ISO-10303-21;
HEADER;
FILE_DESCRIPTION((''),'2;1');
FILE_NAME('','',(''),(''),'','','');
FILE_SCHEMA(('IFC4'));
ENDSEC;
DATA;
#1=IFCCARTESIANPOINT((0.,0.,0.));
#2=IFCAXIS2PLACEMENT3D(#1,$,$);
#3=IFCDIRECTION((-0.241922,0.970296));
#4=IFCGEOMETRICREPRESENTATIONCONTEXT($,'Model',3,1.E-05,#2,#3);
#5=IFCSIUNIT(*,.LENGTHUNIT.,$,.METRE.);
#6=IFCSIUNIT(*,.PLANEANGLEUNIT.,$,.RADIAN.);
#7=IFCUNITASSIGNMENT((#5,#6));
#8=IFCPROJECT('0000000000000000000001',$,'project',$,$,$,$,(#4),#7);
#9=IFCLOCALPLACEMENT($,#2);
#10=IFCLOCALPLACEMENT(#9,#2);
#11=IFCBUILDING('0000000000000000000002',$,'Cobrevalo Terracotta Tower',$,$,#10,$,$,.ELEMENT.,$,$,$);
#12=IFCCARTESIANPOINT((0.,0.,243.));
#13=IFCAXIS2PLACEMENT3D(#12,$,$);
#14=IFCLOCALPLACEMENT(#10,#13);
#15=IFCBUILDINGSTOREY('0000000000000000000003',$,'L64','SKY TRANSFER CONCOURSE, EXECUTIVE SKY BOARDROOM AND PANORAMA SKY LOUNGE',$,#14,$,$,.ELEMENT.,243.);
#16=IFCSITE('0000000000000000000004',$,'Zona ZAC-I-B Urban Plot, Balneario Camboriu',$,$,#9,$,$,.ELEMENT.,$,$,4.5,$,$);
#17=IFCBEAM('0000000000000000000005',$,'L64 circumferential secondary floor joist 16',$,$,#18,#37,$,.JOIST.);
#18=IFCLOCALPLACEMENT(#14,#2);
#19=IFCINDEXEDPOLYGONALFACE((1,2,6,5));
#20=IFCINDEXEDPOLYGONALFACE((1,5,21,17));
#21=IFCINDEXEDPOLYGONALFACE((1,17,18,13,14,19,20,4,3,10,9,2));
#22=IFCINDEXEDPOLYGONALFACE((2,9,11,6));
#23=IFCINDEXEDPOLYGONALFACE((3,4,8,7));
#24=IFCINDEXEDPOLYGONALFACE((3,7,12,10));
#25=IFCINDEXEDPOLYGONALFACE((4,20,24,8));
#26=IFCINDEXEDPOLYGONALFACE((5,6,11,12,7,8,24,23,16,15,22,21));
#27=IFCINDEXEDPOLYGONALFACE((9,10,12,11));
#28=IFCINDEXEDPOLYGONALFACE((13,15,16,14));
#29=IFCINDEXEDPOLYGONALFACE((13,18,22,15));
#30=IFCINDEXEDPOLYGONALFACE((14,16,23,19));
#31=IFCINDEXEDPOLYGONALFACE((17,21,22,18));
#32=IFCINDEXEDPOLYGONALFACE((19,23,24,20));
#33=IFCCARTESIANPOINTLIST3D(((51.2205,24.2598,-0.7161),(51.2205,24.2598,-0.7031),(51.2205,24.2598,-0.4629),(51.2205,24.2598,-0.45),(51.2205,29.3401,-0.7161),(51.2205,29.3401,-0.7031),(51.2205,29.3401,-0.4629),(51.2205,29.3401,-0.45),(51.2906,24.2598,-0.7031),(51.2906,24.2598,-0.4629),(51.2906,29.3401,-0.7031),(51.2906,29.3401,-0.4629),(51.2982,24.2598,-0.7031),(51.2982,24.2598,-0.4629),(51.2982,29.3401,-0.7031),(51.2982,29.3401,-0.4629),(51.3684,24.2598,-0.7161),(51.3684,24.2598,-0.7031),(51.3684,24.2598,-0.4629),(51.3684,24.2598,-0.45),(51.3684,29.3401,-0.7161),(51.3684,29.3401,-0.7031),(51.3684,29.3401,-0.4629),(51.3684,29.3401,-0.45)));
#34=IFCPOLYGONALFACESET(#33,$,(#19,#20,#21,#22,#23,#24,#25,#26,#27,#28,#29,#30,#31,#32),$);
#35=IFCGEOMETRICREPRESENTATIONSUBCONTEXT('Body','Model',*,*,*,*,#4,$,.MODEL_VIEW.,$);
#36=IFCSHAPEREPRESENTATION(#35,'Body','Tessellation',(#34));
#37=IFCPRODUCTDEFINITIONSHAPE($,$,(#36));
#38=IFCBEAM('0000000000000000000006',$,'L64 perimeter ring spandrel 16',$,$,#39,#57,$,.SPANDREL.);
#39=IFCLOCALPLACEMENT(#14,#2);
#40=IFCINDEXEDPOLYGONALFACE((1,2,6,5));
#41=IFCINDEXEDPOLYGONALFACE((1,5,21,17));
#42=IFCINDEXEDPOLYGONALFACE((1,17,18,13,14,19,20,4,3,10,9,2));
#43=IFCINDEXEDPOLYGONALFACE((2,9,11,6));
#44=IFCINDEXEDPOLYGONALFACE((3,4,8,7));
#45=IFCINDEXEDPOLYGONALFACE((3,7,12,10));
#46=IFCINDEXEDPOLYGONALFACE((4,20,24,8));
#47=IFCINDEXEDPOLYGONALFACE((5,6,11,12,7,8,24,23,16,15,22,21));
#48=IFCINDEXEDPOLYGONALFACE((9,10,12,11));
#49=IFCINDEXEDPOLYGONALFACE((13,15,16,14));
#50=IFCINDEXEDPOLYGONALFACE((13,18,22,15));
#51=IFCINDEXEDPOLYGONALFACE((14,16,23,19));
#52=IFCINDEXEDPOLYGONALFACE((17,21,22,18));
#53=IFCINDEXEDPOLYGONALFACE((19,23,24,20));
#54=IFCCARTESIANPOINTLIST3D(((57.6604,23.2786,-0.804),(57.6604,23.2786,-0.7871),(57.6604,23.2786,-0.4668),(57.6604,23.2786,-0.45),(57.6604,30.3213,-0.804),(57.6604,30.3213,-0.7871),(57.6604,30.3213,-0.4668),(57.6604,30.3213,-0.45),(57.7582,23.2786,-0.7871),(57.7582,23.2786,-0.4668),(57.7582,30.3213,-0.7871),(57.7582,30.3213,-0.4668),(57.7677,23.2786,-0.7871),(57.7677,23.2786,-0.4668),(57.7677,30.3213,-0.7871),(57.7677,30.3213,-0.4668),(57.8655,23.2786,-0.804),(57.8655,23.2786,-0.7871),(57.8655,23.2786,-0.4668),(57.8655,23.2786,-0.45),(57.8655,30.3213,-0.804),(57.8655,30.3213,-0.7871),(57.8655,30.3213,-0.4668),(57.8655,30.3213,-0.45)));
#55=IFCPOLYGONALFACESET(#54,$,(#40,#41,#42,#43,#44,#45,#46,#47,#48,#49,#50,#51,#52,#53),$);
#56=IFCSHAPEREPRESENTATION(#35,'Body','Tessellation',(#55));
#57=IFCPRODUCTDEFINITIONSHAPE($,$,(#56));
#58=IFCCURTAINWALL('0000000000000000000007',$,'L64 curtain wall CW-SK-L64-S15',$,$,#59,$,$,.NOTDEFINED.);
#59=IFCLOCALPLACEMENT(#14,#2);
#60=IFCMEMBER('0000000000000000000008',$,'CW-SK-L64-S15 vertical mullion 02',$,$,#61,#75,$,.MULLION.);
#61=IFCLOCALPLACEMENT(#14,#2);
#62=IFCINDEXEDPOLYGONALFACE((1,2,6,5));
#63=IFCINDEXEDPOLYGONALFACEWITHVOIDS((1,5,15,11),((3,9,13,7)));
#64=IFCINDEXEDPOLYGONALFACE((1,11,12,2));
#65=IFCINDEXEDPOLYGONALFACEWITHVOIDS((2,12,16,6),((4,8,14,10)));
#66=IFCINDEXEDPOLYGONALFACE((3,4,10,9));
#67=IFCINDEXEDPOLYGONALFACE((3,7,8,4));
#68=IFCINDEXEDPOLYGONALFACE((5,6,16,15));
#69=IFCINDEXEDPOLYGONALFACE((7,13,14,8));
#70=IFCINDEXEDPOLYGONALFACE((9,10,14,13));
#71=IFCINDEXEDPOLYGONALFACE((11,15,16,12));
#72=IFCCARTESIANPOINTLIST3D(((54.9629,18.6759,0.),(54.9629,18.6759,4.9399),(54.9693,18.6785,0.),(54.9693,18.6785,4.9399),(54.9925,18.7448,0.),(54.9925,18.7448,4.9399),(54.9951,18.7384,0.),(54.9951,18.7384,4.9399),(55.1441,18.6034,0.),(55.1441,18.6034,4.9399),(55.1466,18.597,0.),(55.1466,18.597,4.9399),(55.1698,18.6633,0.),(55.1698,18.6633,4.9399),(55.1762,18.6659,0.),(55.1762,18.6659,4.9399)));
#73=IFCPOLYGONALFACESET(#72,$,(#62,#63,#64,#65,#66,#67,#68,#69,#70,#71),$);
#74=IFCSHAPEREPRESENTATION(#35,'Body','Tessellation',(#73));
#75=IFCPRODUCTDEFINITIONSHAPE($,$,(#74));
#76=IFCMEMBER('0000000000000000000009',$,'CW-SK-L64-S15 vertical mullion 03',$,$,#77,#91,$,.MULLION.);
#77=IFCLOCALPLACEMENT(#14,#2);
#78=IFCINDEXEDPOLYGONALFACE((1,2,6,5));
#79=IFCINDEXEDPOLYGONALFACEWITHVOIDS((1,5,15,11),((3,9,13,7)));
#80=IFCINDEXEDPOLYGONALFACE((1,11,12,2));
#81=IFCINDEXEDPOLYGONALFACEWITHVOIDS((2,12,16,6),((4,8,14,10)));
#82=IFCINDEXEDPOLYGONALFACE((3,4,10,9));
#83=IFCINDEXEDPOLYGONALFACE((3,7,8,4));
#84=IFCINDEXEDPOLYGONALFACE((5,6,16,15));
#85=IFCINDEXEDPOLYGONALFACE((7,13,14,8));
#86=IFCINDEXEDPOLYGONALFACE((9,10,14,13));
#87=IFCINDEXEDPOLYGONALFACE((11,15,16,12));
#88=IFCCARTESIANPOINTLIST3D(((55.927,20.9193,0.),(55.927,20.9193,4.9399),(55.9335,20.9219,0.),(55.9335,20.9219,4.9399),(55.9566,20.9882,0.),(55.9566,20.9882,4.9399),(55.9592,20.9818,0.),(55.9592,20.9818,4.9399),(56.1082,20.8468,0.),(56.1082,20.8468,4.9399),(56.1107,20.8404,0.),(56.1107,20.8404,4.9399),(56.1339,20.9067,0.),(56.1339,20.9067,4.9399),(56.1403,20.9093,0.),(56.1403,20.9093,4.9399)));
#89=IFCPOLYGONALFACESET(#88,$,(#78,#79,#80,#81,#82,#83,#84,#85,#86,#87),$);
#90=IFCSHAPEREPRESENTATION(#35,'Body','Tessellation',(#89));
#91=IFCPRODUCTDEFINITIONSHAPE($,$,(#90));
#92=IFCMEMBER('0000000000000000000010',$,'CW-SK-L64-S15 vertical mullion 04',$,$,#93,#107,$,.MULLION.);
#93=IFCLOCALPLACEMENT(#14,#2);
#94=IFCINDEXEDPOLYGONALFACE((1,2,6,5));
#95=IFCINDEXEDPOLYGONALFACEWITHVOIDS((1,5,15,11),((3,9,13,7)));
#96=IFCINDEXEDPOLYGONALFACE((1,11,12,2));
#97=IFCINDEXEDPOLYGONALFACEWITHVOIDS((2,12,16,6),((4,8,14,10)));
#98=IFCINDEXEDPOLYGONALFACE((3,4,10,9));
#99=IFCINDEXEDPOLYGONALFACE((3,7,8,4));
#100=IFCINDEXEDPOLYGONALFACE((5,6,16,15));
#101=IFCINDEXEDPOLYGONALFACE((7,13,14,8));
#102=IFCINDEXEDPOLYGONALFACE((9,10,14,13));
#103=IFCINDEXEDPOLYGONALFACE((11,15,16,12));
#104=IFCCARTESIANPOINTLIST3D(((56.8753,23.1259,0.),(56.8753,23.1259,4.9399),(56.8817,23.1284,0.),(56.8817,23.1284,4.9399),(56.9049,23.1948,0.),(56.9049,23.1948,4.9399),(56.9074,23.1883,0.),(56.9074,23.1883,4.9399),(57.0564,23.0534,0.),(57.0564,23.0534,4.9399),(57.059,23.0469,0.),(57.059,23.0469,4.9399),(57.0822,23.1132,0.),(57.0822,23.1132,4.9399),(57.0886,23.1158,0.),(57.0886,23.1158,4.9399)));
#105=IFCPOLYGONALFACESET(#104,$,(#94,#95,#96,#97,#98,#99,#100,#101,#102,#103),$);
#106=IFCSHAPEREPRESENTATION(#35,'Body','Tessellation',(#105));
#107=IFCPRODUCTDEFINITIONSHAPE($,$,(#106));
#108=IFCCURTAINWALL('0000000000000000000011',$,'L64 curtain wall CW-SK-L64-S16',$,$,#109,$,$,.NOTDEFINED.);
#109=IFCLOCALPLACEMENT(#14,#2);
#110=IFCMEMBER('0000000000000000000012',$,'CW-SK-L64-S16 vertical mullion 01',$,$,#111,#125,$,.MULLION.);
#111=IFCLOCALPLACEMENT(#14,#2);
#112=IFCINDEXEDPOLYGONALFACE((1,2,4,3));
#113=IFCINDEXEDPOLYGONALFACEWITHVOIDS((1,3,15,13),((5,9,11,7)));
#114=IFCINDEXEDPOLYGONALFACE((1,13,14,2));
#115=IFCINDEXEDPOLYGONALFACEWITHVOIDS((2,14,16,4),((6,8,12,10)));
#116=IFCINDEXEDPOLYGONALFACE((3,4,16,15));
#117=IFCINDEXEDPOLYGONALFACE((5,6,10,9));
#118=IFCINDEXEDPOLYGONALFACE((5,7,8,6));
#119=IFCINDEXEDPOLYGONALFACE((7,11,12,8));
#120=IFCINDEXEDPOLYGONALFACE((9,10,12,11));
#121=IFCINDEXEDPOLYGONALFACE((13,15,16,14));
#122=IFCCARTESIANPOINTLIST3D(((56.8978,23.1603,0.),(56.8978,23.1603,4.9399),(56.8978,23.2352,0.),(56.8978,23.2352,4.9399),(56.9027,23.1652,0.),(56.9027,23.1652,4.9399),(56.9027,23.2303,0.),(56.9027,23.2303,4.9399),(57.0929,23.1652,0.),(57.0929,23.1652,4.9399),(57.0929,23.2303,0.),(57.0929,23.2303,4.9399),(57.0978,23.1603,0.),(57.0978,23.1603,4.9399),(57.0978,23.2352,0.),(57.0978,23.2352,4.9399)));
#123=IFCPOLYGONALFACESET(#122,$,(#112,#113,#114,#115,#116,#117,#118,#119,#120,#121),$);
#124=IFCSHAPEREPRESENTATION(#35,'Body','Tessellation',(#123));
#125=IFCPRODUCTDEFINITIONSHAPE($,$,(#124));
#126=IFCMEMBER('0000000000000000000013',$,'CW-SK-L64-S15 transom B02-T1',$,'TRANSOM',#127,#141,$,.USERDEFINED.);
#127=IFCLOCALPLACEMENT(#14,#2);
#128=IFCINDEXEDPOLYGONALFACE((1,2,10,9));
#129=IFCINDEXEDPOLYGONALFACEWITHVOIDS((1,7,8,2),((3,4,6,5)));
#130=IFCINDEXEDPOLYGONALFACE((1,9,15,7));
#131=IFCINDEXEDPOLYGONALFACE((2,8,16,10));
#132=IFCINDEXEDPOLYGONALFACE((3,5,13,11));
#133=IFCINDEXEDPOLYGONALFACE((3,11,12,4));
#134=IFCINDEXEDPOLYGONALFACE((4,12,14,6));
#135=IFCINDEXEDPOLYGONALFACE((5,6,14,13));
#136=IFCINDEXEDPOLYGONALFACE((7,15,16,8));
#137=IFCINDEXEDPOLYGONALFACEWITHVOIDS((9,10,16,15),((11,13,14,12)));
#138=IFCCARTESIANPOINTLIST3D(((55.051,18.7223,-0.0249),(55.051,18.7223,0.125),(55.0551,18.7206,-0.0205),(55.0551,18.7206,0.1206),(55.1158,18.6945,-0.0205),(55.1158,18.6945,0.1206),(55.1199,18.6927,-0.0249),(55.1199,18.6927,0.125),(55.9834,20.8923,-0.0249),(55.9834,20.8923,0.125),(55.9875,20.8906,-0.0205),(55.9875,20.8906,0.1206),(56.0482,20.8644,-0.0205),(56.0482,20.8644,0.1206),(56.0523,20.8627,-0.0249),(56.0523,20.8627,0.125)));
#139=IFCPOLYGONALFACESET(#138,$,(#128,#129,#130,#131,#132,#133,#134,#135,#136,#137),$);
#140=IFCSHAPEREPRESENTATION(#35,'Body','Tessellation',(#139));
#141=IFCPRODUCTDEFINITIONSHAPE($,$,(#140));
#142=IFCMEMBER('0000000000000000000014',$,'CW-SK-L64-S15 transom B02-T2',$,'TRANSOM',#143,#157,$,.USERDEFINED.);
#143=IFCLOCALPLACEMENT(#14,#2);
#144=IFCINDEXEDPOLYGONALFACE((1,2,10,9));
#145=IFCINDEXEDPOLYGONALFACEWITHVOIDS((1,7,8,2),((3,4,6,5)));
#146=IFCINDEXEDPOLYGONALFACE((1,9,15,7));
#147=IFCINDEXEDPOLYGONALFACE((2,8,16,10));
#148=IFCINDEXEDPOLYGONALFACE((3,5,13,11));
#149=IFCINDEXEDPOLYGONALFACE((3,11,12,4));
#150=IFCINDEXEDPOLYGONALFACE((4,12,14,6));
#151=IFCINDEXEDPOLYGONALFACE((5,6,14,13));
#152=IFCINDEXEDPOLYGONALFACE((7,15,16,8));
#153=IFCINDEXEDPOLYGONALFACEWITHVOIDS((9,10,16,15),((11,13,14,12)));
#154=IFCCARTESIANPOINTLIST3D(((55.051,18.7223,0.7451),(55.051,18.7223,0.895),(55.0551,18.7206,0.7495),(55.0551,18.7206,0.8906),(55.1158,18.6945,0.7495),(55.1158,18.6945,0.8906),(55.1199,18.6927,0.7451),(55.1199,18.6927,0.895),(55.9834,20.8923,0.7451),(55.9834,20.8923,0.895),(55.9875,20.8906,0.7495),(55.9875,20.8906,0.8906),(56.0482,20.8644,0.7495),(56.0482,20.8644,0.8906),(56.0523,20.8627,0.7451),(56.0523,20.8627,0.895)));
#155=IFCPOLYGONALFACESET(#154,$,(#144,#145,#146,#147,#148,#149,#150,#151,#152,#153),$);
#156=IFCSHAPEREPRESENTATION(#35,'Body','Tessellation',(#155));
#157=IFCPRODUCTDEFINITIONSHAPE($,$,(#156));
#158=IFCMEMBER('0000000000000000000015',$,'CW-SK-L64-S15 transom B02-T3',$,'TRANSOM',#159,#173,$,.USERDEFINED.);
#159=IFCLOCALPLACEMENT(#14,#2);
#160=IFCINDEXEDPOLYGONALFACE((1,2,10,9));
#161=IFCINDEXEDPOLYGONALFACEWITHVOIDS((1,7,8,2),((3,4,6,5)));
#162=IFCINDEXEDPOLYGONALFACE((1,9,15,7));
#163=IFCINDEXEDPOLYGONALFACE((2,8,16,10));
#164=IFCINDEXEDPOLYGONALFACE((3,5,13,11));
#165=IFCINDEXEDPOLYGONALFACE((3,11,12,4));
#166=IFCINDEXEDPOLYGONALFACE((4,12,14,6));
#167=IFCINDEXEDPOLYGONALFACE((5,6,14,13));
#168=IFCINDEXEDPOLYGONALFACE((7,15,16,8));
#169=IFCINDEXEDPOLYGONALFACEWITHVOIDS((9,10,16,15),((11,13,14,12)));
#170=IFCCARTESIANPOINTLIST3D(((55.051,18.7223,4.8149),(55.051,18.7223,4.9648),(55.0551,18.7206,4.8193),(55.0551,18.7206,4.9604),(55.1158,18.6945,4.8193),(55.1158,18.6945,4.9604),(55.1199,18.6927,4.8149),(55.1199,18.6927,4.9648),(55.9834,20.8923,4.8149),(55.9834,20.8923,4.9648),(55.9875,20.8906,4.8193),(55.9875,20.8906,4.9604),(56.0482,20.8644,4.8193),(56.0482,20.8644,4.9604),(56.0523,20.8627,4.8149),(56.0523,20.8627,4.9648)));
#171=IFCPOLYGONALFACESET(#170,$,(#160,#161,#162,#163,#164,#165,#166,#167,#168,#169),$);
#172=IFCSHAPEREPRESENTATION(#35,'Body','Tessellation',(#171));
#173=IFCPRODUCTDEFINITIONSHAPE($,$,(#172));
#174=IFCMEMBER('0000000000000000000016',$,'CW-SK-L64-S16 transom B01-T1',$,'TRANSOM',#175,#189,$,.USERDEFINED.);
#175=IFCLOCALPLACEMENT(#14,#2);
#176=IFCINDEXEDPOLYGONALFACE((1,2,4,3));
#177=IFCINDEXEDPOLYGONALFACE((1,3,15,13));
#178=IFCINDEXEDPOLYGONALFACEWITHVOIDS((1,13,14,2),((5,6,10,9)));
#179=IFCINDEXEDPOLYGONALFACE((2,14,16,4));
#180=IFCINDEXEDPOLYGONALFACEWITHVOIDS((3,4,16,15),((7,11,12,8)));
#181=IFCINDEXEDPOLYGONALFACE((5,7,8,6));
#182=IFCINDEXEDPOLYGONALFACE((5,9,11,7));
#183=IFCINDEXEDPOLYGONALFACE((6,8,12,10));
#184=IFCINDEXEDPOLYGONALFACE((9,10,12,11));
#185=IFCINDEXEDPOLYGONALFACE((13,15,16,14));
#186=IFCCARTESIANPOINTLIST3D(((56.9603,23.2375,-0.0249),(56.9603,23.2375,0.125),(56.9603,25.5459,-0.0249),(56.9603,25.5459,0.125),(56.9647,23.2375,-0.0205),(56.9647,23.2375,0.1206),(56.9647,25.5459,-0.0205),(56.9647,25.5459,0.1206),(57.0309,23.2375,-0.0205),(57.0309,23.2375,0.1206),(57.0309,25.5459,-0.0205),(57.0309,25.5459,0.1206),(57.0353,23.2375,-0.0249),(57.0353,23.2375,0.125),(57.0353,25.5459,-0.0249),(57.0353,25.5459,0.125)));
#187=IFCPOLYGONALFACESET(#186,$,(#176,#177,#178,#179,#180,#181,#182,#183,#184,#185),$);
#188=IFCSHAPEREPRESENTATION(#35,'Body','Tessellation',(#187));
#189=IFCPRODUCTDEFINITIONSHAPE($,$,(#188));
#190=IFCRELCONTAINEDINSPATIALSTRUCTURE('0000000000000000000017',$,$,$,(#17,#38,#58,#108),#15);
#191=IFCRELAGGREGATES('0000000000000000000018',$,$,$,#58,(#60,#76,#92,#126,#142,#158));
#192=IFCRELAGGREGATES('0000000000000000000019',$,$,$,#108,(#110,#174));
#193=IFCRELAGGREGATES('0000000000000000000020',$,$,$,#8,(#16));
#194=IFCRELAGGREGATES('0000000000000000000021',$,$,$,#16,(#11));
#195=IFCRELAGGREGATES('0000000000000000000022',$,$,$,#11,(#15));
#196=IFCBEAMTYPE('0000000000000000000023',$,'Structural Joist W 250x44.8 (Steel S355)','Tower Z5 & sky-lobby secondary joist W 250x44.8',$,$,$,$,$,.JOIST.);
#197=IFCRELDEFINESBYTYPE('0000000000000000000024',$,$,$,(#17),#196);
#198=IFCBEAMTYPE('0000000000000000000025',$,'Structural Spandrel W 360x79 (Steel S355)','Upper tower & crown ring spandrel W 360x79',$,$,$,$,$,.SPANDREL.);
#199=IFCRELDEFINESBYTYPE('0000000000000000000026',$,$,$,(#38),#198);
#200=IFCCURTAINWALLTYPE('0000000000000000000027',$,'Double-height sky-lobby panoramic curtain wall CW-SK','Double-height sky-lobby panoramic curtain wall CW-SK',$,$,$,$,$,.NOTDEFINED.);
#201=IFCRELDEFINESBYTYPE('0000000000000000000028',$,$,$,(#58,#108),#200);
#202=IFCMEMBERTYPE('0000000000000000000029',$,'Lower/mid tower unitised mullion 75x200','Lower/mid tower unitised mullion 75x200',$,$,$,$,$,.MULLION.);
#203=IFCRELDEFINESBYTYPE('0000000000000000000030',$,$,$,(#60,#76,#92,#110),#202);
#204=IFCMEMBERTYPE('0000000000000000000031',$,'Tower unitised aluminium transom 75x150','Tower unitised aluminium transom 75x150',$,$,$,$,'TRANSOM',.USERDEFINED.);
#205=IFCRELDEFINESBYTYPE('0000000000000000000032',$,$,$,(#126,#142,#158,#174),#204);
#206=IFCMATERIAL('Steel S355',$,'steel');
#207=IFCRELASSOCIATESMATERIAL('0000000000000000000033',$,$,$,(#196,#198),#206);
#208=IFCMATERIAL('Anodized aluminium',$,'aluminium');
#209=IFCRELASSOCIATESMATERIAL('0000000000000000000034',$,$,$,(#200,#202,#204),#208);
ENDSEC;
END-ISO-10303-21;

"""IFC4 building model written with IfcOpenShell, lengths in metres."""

from ifc_helpers import new_model, si_unit, direction, frame, origin, origin_2d, place, context, subcontext, project, spatial, hollow_rectangle, i_section, extrude, source, transform, mapped, material, material_profile, profile_set, type_object, element, aggregate, save


model = new_model("IFC4")

# Units and contexts
model_context = context("Model", 3, precision=1e-05, world=origin(), true_north=direction((-0.241922, 0.970296)))
body_context = subcontext(model_context, "Body", "Model", "MODEL_VIEW")
ifc_project = project(units=[si_unit("LENGTHUNIT", "METRE"), si_unit("PLANEANGLEUNIT", "RADIAN")], contexts=[model_context])

# Site, building, storey
site_placement = place(None, origin())
site = spatial("IfcSite", under=ifc_project, at=site_placement, Name="Zona ZAC-I-B Urban Plot, Balneario Camboriu", CompositionType="ELEMENT", RefElevation=4.5)
building_placement = place(site_placement, origin())
building = spatial("IfcBuilding", under=site, at=building_placement, Name="Cobrevalo Terracotta Tower", CompositionType="ELEMENT")
storey_placement = place(building_placement, frame((0.0, 0.0, 243.0)))
storey = spatial("IfcBuildingStorey", under=building, at=storey_placement, Name="L64", Description="SKY TRANSFER CONCOURSE, EXECUTIVE SKY BOARDROOM AND PANORAMA SKY LOUNGE", CompositionType="ELEMENT", Elevation=243.0)

# Shared definitions
ifc_material_1 = material(Name="Steel S355", Category="steel")

# Beams
ifc_material_profile_1 = material_profile(ifc_material_1, i_section(OverallWidth=0.1479, OverallDepth=0.2661, WebThickness=0.0076, FlangeThickness=0.0129, at=origin_2d()), Name="W 250x44.8")
ifc_profile_set_1 = profile_set([ifc_material_profile_1], Name="Steel S355")
beam_type_1 = type_object("IfcBeamType", Name="Structural Joist W 250x44.8 (Steel S355)", Description="Tower Z5 & sky-lobby secondary joist W 250x44.8", PredefinedType="JOIST", material=ifc_profile_set_1)
beam_1_placement = place(storey_placement, frame((51.2944, 24.2598, -0.583), z_axis=(0.0, 1.0, 0.0), x_axis=(-1.0, 0.0, 0.0)))
element("IfcBeam", 1, at=beam_1_placement, inside=storey, type_object=beam_type_1, Name="L64 circumferential secondary floor joist 16", PredefinedType="JOIST", context=body_context, shape_type="SweptSolid", body=[
    extrude(i_section(OverallWidth=0.1479, OverallDepth=0.2661, WebThickness=0.0076, FlangeThickness=0.0129, at=origin_2d()), origin(), (0.0, 0.0, 1.0), 5.0803),
])
ifc_material_profile_2 = material_profile(ifc_material_1, i_section(OverallWidth=0.2051, OverallDepth=0.354, WebThickness=0.0095, FlangeThickness=0.0168, at=origin_2d()), Name="W 360x79")
ifc_profile_set_2 = profile_set([ifc_material_profile_2], Name="Steel S355")
beam_type_2 = type_object("IfcBeamType", Name="Structural Spandrel W 360x79 (Steel S355)", Description="Upper tower & crown ring spandrel W 360x79", PredefinedType="SPANDREL", material=ifc_profile_set_2)
beam_2_placement = place(storey_placement, frame((57.7629, 23.2786, -0.627), z_axis=(0.0, 1.0, 0.0), x_axis=(-1.0, 0.0, 0.0)))
element("IfcBeam", 2, at=beam_2_placement, inside=storey, type_object=beam_type_2, Name="L64 perimeter ring spandrel 16", PredefinedType="SPANDREL", context=body_context, shape_type="SweptSolid", body=[
    extrude(i_section(OverallWidth=0.2051, OverallDepth=0.354, WebThickness=0.0095, FlangeThickness=0.0168, at=origin_2d()), origin(), (0.0, 0.0, 1.0), 7.0427),
])

# Curtain wall, members
ifc_material_2 = material(Name="Anodized aluminium", Category="aluminium")
curtain_wall_type = type_object("IfcCurtainWallType", Name="Double-height sky-lobby panoramic curtain wall CW-SK", Description="Double-height sky-lobby panoramic curtain wall CW-SK", PredefinedType="NOTDEFINED", material=ifc_material_2)
curtain_wall_1_placement = place(storey_placement, origin())
curtain_wall_1 = element("IfcCurtainWall", 3, at=curtain_wall_1_placement, inside=storey, type_object=curtain_wall_type, Name="L64 curtain wall CW-SK-L64-S15", PredefinedType="NOTDEFINED")
ifc_material_profile_3 = material_profile(ifc_material_2, hollow_rectangle(XDim=0.075, YDim=0.2, WallThickness=0.0049, at=origin_2d()), Name="CWM 75x200")
ifc_profile_set_3 = profile_set([ifc_material_profile_3], Name="Anodized aluminium")
member_type_1 = type_object("IfcMemberType", Name="Lower/mid tower unitised mullion 75x200", Description="Lower/mid tower unitised mullion 75x200", PredefinedType="MULLION", material=ifc_profile_set_3)
shared_shape_1 = source(origin(), body_context, "Body", "SweptSolid", [
    extrude(hollow_rectangle(XDim=0.075, YDim=0.2, WallThickness=0.0049, at=origin_2d()), origin(), (0.0, 0.0, 1.0), 4.9399),
])
member_1_placement = place(storey_placement, frame((55.0696, 18.6709, 0.0), z_axis=(0.0, 0.0, 1.0), x_axis=(0.394824, 0.918757, 0.0)))
member_1 = element("IfcMember", 4, at=member_1_placement, type_object=member_type_1, Name="CW-SK-L64-S15 vertical mullion 02", PredefinedType="MULLION", context=body_context, shape_type="MappedRepresentation", body=[
    mapped(shared_shape_1, transform((0.0, 0.0, 0.0), scale=1.0)),
])
member_2_placement = place(storey_placement, frame((56.0337, 20.9143, 0.0), z_axis=(0.0, 0.0, 1.0), x_axis=(0.394824, 0.918757, 0.0)))
member_2 = element("IfcMember", 5, at=member_2_placement, type_object=member_type_1, Name="CW-SK-L64-S15 vertical mullion 03", PredefinedType="MULLION", context=body_context, shape_type="MappedRepresentation", body=[
    mapped(shared_shape_1, transform((0.0, 0.0, 0.0), scale=1.0)),
])
member_3_placement = place(storey_placement, frame((56.9819, 23.1208, 0.0), z_axis=(0.0, 0.0, 1.0), x_axis=(0.394824, 0.918757, 0.0)))
member_3 = element("IfcMember", 6, at=member_3_placement, type_object=member_type_1, Name="CW-SK-L64-S15 vertical mullion 04", PredefinedType="MULLION", context=body_context, shape_type="MappedRepresentation", body=[
    mapped(shared_shape_1, transform((0.0, 0.0, 0.0), scale=1.0)),
])

# Curtain wall, member
curtain_wall_2_placement = place(storey_placement, origin())
curtain_wall_2 = element("IfcCurtainWall", 7, at=curtain_wall_2_placement, inside=storey, type_object=curtain_wall_type, Name="L64 curtain wall CW-SK-L64-S16", PredefinedType="NOTDEFINED")
member_4_placement = place(storey_placement, frame((56.9978, 23.1978, 0.0), z_axis=(0.0, 0.0, 1.0), x_axis=(0.0, 1.0, 0.0)))
member_4 = element("IfcMember", 8, at=member_4_placement, type_object=member_type_1, Name="CW-SK-L64-S16 vertical mullion 01", PredefinedType="MULLION", context=body_context, shape_type="MappedRepresentation", body=[
    mapped(shared_shape_1, transform((0.0, 0.0, 0.0), scale=1.0)),
])

# Members
ifc_material_profile_4 = material_profile(ifc_material_2, hollow_rectangle(XDim=0.075, YDim=0.1499, WallThickness=0.0044, at=origin_2d()), Name="CWT 75x150")
ifc_profile_set_4 = profile_set([ifc_material_profile_4], Name="Anodized aluminium")
member_type_2 = type_object("IfcMemberType", Name="Tower unitised aluminium transom 75x150", Description="Tower unitised aluminium transom 75x150", ElementType="TRANSOM", PredefinedType="USERDEFINED", material=ifc_profile_set_4)
shared_shape_2 = source(origin(), body_context, "Body", "SweptSolid", [
    extrude(hollow_rectangle(XDim=0.075, YDim=0.1499, WallThickness=0.0044, at=origin_2d()), origin(), (0.0, 0.0, 1.0), 2.3618),
])
member_5_placement = place(storey_placement, frame((55.0854, 18.7075, 0.05), z_axis=(0.39478, 0.918776, 0.0), x_axis=(-0.918776, 0.39478, 0.0)))
member_5 = element("IfcMember", 9, at=member_5_placement, type_object=member_type_2, Name="CW-SK-L64-S15 transom B02-T1", ObjectType="TRANSOM", PredefinedType="USERDEFINED", context=body_context, shape_type="MappedRepresentation", body=[
    mapped(shared_shape_2, transform((0.0, 0.0, 0.0), scale=1.0)),
])
member_6_placement = place(storey_placement, frame((55.0854, 18.7075, 0.8201), z_axis=(0.39478, 0.918776, 0.0), x_axis=(-0.918776, 0.39478, 0.0)))
member_6 = element("IfcMember", 10, at=member_6_placement, type_object=member_type_2, Name="CW-SK-L64-S15 transom B02-T2", ObjectType="TRANSOM", PredefinedType="USERDEFINED", context=body_context, shape_type="MappedRepresentation", body=[
    mapped(shared_shape_2, transform((0.0, 0.0, 0.0), scale=1.0)),
])
member_7_placement = place(storey_placement, frame((55.0854, 18.7075, 4.8899), z_axis=(0.39478, 0.918776, 0.0), x_axis=(-0.918776, 0.39478, 0.0)))
member_7 = element("IfcMember", 11, at=member_7_placement, type_object=member_type_2, Name="CW-SK-L64-S15 transom B02-T3", ObjectType="TRANSOM", PredefinedType="USERDEFINED", context=body_context, shape_type="MappedRepresentation", body=[
    mapped(shared_shape_2, transform((0.0, 0.0, 0.0), scale=1.0)),
])
shared_shape_3 = source(origin(), body_context, "Body", "SweptSolid", [
    extrude(hollow_rectangle(XDim=0.075, YDim=0.1499, WallThickness=0.0044, at=origin_2d()), origin(), (0.0, 0.0, 1.0), 2.3083),
])
member_8_placement = place(storey_placement, frame((56.9978, 23.2375, 0.05), z_axis=(0.0, 1.0, 0.0), x_axis=(-1.0, 0.0, 0.0)))
member_8 = element("IfcMember", 12, at=member_8_placement, type_object=member_type_2, Name="CW-SK-L64-S16 transom B01-T1", ObjectType="TRANSOM", PredefinedType="USERDEFINED", context=body_context, shape_type="MappedRepresentation", body=[
    mapped(shared_shape_3, transform((0.0, 0.0, 0.0), scale=1.0)),
])

aggregate(curtain_wall_1, [member_1, member_2, member_3, member_5, member_6, member_7])
aggregate(curtain_wall_2, [member_4, member_8])

save(model, "model.ifc")
